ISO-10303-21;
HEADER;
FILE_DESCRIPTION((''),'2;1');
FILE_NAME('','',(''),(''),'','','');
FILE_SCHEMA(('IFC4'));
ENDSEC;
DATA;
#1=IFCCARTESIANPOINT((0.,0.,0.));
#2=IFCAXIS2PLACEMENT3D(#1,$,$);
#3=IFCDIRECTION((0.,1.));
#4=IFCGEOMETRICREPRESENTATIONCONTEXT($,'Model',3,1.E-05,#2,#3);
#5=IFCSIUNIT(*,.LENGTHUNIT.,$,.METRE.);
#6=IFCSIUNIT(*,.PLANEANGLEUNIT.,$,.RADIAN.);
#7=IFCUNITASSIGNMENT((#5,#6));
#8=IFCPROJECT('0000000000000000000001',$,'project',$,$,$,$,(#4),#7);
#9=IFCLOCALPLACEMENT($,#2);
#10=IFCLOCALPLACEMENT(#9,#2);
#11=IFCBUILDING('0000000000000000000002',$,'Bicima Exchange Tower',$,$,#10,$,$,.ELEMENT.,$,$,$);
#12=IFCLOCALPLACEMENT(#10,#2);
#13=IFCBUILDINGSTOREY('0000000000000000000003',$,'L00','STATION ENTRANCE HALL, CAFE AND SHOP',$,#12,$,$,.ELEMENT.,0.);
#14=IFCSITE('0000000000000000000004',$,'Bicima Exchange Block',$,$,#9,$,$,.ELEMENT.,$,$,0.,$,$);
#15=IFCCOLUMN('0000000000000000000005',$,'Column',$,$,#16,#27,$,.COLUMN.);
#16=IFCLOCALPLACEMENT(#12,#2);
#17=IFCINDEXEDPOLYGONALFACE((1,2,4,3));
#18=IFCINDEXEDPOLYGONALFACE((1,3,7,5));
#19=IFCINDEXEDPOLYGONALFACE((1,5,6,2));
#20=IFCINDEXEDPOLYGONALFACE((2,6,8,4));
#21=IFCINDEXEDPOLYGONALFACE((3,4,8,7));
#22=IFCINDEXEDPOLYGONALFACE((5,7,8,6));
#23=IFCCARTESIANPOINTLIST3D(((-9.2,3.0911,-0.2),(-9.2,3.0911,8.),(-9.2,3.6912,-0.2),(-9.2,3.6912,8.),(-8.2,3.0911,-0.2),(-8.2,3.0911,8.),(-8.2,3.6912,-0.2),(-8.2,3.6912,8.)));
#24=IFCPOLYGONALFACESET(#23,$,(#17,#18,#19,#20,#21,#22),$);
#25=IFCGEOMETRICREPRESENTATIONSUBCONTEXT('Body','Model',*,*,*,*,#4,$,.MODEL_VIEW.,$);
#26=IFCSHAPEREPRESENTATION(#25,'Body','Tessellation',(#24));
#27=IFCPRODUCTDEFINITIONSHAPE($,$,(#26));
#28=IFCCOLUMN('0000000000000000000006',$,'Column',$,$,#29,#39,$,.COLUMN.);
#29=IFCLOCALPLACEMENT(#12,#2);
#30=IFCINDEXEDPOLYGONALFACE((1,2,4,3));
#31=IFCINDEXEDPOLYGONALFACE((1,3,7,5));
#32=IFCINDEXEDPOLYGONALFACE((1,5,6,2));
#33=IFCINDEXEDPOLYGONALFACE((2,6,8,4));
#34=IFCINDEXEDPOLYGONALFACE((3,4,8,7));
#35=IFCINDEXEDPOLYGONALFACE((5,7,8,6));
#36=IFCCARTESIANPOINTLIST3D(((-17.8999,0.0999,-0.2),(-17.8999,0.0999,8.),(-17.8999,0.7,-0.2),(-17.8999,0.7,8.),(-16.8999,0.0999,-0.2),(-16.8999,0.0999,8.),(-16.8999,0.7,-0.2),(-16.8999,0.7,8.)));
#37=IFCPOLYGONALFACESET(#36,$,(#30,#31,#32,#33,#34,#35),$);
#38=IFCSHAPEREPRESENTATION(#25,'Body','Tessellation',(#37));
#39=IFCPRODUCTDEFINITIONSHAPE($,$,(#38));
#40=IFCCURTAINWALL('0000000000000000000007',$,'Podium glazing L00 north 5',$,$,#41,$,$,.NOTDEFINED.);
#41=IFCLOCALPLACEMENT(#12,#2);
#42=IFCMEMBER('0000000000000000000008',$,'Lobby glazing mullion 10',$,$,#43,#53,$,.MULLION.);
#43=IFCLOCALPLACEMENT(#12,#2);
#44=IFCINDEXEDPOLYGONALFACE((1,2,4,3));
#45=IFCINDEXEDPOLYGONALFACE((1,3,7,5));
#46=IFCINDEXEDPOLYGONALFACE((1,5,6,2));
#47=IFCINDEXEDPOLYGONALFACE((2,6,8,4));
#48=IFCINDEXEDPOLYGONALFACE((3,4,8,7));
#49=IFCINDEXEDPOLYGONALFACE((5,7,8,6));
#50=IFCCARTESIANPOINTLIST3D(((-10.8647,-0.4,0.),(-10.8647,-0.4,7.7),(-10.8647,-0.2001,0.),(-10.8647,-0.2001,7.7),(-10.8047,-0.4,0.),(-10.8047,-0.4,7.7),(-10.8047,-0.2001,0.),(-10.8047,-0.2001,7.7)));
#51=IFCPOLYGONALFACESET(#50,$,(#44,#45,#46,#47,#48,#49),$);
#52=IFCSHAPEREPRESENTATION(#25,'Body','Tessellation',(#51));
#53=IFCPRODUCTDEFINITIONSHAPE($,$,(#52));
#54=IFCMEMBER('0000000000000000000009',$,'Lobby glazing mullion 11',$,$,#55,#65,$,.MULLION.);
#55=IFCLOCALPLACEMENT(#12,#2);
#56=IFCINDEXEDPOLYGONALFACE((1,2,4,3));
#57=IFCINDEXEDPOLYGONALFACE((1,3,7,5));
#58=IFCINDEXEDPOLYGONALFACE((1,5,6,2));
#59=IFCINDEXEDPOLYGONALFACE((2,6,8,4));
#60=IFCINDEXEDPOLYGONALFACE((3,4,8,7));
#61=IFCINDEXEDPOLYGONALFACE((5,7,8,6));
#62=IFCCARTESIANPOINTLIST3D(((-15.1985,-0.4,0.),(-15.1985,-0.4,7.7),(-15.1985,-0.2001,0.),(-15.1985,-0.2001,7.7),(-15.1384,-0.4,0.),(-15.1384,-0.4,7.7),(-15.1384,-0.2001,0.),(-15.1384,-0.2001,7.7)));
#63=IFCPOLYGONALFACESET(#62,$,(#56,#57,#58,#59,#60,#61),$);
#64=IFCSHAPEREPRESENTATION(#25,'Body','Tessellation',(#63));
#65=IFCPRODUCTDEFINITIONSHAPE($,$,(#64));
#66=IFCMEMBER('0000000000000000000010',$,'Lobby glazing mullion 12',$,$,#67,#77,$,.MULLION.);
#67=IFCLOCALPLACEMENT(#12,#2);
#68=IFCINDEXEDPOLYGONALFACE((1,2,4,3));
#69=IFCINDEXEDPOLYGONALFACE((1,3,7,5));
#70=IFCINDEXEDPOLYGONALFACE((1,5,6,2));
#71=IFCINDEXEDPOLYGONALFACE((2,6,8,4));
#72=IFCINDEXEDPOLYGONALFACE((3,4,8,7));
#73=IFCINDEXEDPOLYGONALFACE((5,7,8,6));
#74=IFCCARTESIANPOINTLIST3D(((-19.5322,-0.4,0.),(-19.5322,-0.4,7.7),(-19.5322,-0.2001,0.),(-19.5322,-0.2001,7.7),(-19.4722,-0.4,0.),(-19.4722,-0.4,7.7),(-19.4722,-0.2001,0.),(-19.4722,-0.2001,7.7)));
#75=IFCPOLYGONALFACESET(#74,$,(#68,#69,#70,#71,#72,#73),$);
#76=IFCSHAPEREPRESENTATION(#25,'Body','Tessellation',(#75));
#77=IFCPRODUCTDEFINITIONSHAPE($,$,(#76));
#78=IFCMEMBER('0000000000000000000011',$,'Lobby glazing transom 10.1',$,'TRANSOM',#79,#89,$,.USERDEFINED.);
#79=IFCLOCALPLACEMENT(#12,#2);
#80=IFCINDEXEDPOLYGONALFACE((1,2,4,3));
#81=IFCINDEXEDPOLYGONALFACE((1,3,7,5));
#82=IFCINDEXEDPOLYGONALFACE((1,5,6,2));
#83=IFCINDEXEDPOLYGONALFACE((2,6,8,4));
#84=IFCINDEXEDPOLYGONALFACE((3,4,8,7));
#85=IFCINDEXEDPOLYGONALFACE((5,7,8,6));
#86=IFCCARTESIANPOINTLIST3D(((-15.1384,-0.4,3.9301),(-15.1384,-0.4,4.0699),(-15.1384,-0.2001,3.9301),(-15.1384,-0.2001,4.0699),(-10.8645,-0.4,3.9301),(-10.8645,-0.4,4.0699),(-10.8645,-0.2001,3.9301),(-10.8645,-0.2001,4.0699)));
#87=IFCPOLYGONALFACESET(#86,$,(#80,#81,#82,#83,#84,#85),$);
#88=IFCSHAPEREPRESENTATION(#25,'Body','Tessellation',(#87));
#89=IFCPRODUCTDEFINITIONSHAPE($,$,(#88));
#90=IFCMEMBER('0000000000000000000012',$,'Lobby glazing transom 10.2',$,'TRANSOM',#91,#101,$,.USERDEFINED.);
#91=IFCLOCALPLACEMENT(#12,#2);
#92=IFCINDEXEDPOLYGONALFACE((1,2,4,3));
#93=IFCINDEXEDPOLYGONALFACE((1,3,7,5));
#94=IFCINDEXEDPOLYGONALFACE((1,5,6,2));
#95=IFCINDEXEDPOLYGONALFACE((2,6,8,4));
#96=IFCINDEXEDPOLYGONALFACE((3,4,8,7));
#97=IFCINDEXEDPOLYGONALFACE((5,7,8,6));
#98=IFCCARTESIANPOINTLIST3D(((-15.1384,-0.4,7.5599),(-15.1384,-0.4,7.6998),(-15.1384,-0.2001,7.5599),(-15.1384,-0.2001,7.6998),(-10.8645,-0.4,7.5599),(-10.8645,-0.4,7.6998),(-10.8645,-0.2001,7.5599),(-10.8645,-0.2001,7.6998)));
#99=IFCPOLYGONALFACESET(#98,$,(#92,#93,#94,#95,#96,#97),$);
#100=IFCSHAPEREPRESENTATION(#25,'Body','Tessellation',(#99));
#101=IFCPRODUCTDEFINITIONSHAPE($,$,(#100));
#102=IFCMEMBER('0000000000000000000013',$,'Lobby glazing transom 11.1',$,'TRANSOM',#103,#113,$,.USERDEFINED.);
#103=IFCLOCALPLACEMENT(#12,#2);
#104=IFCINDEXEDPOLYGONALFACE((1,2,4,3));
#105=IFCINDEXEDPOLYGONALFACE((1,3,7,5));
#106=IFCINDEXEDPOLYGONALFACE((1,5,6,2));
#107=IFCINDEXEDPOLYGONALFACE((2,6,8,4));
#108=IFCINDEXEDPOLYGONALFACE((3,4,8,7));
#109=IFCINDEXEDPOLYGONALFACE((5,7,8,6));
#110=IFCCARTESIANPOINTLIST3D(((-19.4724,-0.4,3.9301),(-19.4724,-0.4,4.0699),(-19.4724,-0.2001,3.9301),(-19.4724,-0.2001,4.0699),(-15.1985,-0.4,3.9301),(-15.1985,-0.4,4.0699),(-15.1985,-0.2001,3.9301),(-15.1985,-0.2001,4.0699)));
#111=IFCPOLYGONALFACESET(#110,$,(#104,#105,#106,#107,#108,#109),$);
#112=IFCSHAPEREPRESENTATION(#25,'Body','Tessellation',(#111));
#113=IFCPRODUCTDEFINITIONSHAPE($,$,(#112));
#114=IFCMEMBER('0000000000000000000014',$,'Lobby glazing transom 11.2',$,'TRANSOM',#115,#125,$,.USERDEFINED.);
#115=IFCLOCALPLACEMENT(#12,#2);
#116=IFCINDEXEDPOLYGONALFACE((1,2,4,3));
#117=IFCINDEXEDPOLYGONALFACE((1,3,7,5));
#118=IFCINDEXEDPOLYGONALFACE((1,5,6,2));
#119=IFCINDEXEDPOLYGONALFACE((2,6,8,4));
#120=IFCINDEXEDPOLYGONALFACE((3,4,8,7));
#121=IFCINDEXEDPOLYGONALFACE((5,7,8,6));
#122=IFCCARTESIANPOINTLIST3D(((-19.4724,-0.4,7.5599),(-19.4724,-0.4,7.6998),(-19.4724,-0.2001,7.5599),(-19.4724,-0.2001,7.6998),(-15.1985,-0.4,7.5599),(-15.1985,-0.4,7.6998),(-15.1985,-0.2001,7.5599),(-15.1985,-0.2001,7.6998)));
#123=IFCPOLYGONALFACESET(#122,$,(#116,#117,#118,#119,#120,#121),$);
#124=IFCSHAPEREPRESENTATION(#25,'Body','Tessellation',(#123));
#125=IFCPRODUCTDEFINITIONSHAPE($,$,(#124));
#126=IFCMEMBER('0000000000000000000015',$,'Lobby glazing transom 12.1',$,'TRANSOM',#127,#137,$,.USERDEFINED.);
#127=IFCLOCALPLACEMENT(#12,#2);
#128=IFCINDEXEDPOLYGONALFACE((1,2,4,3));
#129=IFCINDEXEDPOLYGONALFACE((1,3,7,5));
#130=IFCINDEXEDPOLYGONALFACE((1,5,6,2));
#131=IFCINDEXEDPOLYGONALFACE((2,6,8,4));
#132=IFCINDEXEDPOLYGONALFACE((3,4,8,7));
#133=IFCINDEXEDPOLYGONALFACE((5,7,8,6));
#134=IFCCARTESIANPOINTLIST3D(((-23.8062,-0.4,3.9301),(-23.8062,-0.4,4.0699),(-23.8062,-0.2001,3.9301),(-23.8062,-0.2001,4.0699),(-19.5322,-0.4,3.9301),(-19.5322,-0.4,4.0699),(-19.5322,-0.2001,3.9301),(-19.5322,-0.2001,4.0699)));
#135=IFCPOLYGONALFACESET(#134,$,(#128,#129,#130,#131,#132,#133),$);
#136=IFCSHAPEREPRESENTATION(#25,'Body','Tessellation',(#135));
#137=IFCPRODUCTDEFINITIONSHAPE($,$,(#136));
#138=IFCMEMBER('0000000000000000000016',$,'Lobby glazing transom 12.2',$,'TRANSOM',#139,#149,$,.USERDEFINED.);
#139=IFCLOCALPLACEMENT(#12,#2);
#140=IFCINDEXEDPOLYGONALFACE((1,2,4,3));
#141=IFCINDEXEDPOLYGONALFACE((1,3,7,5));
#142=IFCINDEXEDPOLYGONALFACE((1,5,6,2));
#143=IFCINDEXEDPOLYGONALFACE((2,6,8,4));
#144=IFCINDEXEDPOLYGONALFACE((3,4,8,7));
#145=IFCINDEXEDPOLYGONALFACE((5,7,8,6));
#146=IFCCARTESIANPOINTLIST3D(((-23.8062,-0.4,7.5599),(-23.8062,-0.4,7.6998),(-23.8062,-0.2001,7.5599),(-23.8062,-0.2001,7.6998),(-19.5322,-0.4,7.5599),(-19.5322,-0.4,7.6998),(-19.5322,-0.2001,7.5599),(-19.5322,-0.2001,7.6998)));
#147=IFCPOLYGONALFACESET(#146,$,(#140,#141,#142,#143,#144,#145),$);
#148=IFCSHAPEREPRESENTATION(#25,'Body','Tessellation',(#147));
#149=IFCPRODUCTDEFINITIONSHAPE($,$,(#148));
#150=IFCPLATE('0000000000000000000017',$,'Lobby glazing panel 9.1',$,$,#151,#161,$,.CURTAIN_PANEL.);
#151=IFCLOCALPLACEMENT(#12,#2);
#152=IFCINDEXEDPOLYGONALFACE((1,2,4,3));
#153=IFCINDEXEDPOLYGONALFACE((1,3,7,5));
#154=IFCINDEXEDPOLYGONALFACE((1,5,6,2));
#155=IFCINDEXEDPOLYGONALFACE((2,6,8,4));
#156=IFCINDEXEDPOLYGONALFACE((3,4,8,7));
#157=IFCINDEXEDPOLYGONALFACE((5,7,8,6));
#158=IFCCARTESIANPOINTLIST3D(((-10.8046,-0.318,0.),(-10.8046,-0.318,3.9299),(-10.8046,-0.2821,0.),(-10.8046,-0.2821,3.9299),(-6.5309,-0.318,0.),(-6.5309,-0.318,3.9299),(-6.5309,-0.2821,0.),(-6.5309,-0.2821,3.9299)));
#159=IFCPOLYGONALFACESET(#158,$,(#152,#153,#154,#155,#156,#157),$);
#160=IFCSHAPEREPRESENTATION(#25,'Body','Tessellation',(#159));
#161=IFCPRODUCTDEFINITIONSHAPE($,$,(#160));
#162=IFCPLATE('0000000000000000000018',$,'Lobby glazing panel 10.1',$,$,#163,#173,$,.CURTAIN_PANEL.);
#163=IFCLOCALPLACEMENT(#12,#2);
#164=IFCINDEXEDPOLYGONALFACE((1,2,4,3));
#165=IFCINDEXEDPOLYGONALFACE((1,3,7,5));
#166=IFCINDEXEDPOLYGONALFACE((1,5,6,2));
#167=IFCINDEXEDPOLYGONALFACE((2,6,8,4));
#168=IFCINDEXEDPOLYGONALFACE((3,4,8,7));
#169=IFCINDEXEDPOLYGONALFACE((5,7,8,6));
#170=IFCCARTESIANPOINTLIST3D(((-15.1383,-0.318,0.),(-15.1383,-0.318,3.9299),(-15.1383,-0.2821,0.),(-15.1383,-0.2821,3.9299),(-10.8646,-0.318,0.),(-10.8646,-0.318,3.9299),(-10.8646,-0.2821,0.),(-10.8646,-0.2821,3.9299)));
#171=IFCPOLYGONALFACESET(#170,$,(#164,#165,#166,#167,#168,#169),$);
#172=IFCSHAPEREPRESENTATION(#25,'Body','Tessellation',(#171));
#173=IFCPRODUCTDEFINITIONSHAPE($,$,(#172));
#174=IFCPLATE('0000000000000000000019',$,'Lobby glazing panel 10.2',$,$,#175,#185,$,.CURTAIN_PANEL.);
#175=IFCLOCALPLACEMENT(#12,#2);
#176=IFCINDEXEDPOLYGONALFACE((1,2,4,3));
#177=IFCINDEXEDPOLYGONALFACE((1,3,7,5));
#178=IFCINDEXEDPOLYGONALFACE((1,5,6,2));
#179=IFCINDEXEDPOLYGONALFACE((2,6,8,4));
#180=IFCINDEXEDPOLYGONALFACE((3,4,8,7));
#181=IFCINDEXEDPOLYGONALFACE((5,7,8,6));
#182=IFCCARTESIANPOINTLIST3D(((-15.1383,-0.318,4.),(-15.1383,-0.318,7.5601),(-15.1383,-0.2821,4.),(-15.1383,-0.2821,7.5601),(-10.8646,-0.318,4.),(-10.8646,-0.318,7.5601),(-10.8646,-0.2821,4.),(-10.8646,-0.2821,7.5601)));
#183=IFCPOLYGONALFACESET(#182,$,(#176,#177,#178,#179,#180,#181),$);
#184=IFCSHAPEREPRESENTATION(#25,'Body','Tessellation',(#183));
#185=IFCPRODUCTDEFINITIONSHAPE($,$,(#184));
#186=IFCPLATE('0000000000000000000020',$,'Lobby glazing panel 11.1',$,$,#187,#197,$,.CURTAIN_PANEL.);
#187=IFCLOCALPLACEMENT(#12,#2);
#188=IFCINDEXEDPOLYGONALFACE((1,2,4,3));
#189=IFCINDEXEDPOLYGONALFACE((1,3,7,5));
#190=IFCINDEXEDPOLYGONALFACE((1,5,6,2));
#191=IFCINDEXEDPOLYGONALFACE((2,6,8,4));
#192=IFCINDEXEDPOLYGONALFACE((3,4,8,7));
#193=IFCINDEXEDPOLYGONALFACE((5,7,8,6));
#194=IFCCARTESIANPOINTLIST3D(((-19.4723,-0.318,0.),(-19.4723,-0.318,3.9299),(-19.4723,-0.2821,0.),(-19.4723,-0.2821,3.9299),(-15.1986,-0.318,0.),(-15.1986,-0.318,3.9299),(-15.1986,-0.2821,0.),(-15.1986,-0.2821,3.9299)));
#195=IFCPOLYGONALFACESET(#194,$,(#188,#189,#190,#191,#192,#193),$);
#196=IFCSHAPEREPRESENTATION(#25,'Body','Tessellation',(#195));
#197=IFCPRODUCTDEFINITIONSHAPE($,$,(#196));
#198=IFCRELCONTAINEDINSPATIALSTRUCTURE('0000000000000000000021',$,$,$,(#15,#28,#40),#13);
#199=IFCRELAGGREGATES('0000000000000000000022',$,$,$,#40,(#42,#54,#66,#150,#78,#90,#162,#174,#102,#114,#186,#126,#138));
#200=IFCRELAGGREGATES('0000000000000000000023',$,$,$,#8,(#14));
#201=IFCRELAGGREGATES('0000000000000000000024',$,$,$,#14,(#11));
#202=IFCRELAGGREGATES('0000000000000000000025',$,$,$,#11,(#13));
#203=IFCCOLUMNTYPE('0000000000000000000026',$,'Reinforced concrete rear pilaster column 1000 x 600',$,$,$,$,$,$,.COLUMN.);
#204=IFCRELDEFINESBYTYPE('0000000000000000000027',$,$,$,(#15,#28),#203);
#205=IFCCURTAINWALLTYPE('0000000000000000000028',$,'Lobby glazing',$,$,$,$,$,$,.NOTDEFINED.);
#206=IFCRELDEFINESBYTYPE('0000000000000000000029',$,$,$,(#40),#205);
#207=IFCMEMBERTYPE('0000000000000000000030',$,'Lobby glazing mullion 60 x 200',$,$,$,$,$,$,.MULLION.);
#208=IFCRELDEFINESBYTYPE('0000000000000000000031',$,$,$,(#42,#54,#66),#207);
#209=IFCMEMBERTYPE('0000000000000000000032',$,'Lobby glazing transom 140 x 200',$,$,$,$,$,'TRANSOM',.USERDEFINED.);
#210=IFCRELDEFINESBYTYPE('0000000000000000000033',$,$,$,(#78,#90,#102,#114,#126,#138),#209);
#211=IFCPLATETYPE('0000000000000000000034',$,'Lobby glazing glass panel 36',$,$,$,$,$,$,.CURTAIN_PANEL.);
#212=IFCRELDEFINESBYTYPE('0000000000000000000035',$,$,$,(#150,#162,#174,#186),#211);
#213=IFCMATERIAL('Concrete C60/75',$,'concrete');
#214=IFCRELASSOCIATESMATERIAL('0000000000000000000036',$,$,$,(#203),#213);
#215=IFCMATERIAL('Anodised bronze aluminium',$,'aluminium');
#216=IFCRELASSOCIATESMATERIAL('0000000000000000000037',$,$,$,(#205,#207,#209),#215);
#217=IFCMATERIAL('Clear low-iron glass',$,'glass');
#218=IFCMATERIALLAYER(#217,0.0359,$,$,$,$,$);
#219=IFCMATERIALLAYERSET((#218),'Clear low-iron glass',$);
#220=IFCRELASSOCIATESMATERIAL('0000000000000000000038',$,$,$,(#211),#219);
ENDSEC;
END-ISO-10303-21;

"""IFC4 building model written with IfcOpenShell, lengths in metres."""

from ifc_helpers import new_model, si_unit, direction, frame, origin, origin_2d, place, context, subcontext, project, spatial, rectangle, extrude, material, layer, layer_set, material_profile, profile_set, type_object, element, aggregate, save


model = new_model("IFC4")

# Units and contexts
model_context = context("Model", 3, precision=1e-05, world=origin(), true_north=direction((0.0, 1.0)))
body_context = subcontext(model_context, "Body", "Model", "MODEL_VIEW")
ifc_project = project(units=[si_unit("LENGTHUNIT", "METRE"), si_unit("PLANEANGLEUNIT", "RADIAN")], contexts=[model_context])

# Site, building, storey
site_placement = place(None, origin())
site = spatial("IfcSite", under=ifc_project, at=site_placement, Name="Bicima Exchange Block", CompositionType="ELEMENT", RefElevation=0.0)
building_placement = place(site_placement, origin())
building = spatial("IfcBuilding", under=site, at=building_placement, Name="Bicima Exchange Tower", CompositionType="ELEMENT")
storey_placement = place(building_placement, origin())
storey = spatial("IfcBuildingStorey", under=building, at=storey_placement, Name="L00", Description="STATION ENTRANCE HALL, CAFE AND SHOP", CompositionType="ELEMENT", Elevation=0.0)

# Columns
ifc_material_1 = material(Name="Concrete C60/75", Category="concrete")
ifc_material_profile_1 = material_profile(ifc_material_1, rectangle(XDim=1.0, YDim=0.6001, at=origin_2d()))
ifc_profile_set_1 = profile_set([ifc_material_profile_1], Name="Concrete C60/75")
column_type = type_object("IfcColumnType", Name="Reinforced concrete rear pilaster column 1000 x 600", PredefinedType="COLUMN", material=ifc_profile_set_1)
for number, where, z_axis, x_axis, name in (
    (1, (-8.7, 3.3911, -0.2), (0.0, 0.0, 1.0), (1.0, 0.0, 0.0), "Column"),
    (2, (-17.3999, 0.3999, -0.2), (0.0, 0.0, 1.0), (1.0, 0.0, 0.0), "Column"),
):
    element("IfcColumn", number, at=place(storey_placement, frame(where, z_axis=z_axis, x_axis=x_axis)), inside=storey, type_object=column_type, Name=name, PredefinedType="COLUMN", context=body_context, shape_type="SweptSolid", body=[
        extrude(rectangle(XDim=1.0, YDim=0.6001, at=origin_2d()), origin(), (0.0, 0.0, 1.0), 8.2),
    ])

# Curtain wall, members, plates
ifc_material_2 = material(Name="Anodised bronze aluminium", Category="aluminium")
curtain_wall_type = type_object("IfcCurtainWallType", Name="Lobby glazing", PredefinedType="NOTDEFINED", material=ifc_material_2)
curtain_wall_placement = place(storey_placement, origin())
curtain_wall = element("IfcCurtainWall", 3, at=curtain_wall_placement, inside=storey, type_object=curtain_wall_type, Name="Podium glazing L00 north 5", PredefinedType="NOTDEFINED")
ifc_material_profile_2 = material_profile(ifc_material_2, rectangle(XDim=0.2, YDim=0.0601, at=origin_2d()))
ifc_profile_set_2 = profile_set([ifc_material_profile_2], Name="Anodised bronze aluminium")
member_type_1 = type_object("IfcMemberType", Name="Lobby glazing mullion 60 x 200", PredefinedType="MULLION", material=ifc_profile_set_2)
member_1_placement = place(storey_placement, frame((-10.8347, -0.3, 0.0), z_axis=(0.0, 0.0, 1.0), x_axis=(0.0, -1.0, 0.0)))
member_1 = element("IfcMember", 4, at=member_1_placement, type_object=member_type_1, Name="Lobby glazing mullion 10", PredefinedType="MULLION", context=body_context, shape_type="SweptSolid", body=[
    extrude(rectangle(XDim=0.2, YDim=0.0601, at=origin_2d()), origin(), (0.0, 0.0, 1.0), 7.7),
])
member_2_placement = place(storey_placement, frame((-15.1685, -0.3, 0.0), z_axis=(0.0, 0.0, 1.0), x_axis=(0.0, -1.0, 0.0)))
member_2 = element("IfcMember", 5, at=member_2_placement, type_object=member_type_1, Name="Lobby glazing mullion 11", PredefinedType="MULLION", context=body_context, shape_type="SweptSolid", body=[
    extrude(rectangle(XDim=0.2, YDim=0.0601, at=origin_2d()), origin(), (0.0, 0.0, 1.0), 7.7),
])
member_3_placement = place(storey_placement, frame((-19.5022, -0.3, 0.0), z_axis=(0.0, 0.0, 1.0), x_axis=(0.0, -1.0, 0.0)))
member_3 = element("IfcMember", 6, at=member_3_placement, type_object=member_type_1, Name="Lobby glazing mullion 12", PredefinedType="MULLION", context=body_context, shape_type="SweptSolid", body=[
    extrude(rectangle(XDim=0.2, YDim=0.0601, at=origin_2d()), origin(), (0.0, 0.0, 1.0), 7.7),
])
ifc_material_profile_3 = material_profile(ifc_material_2, rectangle(XDim=0.2, YDim=0.1399, at=origin_2d()))
ifc_profile_set_3 = profile_set([ifc_material_profile_3], Name="Anodised bronze aluminium")
member_type_2 = type_object("IfcMemberType", Name="Lobby glazing transom 140 x 200", ElementType="TRANSOM", PredefinedType="USERDEFINED", material=ifc_profile_set_3)
member_4_placement = place(storey_placement, frame((-10.8645, -0.3, 4.0), z_axis=(-1.0, 0.0, 0.0), x_axis=(0.0, -1.0, 0.0)))
member_4 = element("IfcMember", 7, at=member_4_placement, type_object=member_type_2, Name="Lobby glazing transom 10.1", ObjectType="TRANSOM", PredefinedType="USERDEFINED", context=body_context, shape_type="SweptSolid", body=[
    extrude(rectangle(XDim=0.2, YDim=0.1399, at=origin_2d()), origin(), (0.0, 0.0, 1.0), 4.2739),
])
member_5_placement = place(storey_placement, frame((-10.8645, -0.3, 7.6299), z_axis=(-1.0, 0.0, 0.0), x_axis=(0.0, -1.0, 0.0)))
member_5 = element("IfcMember", 8, at=member_5_placement, type_object=member_type_2, Name="Lobby glazing transom 10.2", ObjectType="TRANSOM", PredefinedType="USERDEFINED", context=body_context, shape_type="SweptSolid", body=[
    extrude(rectangle(XDim=0.2, YDim=0.1399, at=origin_2d()), origin(), (0.0, 0.0, 1.0), 4.2739),
])
member_6_placement = place(storey_placement, frame((-15.1985, -0.3, 4.0), z_axis=(-1.0, 0.0, 0.0), x_axis=(0.0, -1.0, 0.0)))
member_6 = element("IfcMember", 9, at=member_6_placement, type_object=member_type_2, Name="Lobby glazing transom 11.1", ObjectType="TRANSOM", PredefinedType="USERDEFINED", context=body_context, shape_type="SweptSolid", body=[
    extrude(rectangle(XDim=0.2, YDim=0.1399, at=origin_2d()), origin(), (0.0, 0.0, 1.0), 4.2739),
])
member_7_placement = place(storey_placement, frame((-15.1985, -0.3, 7.6299), z_axis=(-1.0, 0.0, 0.0), x_axis=(0.0, -1.0, 0.0)))
member_7 = element("IfcMember", 10, at=member_7_placement, type_object=member_type_2, Name="Lobby glazing transom 11.2", ObjectType="TRANSOM", PredefinedType="USERDEFINED", context=body_context, shape_type="SweptSolid", body=[
    extrude(rectangle(XDim=0.2, YDim=0.1399, at=origin_2d()), origin(), (0.0, 0.0, 1.0), 4.2739),
])
member_8_placement = place(storey_placement, frame((-19.5322, -0.3, 4.0), z_axis=(-1.0, 0.0, 0.0), x_axis=(0.0, -1.0, 0.0)))
member_8 = element("IfcMember", 11, at=member_8_placement, type_object=member_type_2, Name="Lobby glazing transom 12.1", ObjectType="TRANSOM", PredefinedType="USERDEFINED", context=body_context, shape_type="SweptSolid", body=[
    extrude(rectangle(XDim=0.2, YDim=0.1399, at=origin_2d()), origin(), (0.0, 0.0, 1.0), 4.2739),
])
member_9_placement = place(storey_placement, frame((-19.5322, -0.3, 7.6299), z_axis=(-1.0, 0.0, 0.0), x_axis=(0.0, -1.0, 0.0)))
member_9 = element("IfcMember", 12, at=member_9_placement, type_object=member_type_2, Name="Lobby glazing transom 12.2", ObjectType="TRANSOM", PredefinedType="USERDEFINED", context=body_context, shape_type="SweptSolid", body=[
    extrude(rectangle(XDim=0.2, YDim=0.1399, at=origin_2d()), origin(), (0.0, 0.0, 1.0), 4.2739),
])
ifc_material_3 = material(Name="Clear low-iron glass", Category="glass")
ifc_layer_1 = layer(ifc_material_3, 0.0359)
ifc_layer_set_1 = layer_set([ifc_layer_1], Name="Clear low-iron glass")
plate_type = type_object("IfcPlateType", Name="Lobby glazing glass panel 36", PredefinedType="CURTAIN_PANEL", material=ifc_layer_set_1)
plate_1_placement = place(storey_placement, frame((-8.6677, -0.3, 0.0), z_axis=(0.0, 0.0, 1.0), x_axis=(-1.0, 0.0, 0.0)))
plate_1 = element("IfcPlate", 13, at=plate_1_placement, type_object=plate_type, Name="Lobby glazing panel 9.1", PredefinedType="CURTAIN_PANEL", context=body_context, shape_type="SweptSolid", body=[
    extrude(rectangle(XDim=4.2737, YDim=0.0359, at=origin_2d()), origin(), (0.0, 0.0, 1.0), 3.9299),
])
plate_2_placement = place(storey_placement, frame((-13.0015, -0.3, 0.0), z_axis=(0.0, 0.0, 1.0), x_axis=(-1.0, 0.0, 0.0)))
plate_2 = element("IfcPlate", 14, at=plate_2_placement, type_object=plate_type, Name="Lobby glazing panel 10.1", PredefinedType="CURTAIN_PANEL", context=body_context, shape_type="SweptSolid", body=[
    extrude(rectangle(XDim=4.2737, YDim=0.0359, at=origin_2d()), origin(), (0.0, 0.0, 1.0), 3.9299),
])
plate_3_placement = place(storey_placement, frame((-13.0015, -0.3, 4.0), z_axis=(0.0, 0.0, 1.0), x_axis=(-1.0, 0.0, 0.0)))
plate_3 = element("IfcPlate", 15, at=plate_3_placement, type_object=plate_type, Name="Lobby glazing panel 10.2", PredefinedType="CURTAIN_PANEL", context=body_context, shape_type="SweptSolid", body=[
    extrude(rectangle(XDim=4.2737, YDim=0.0359, at=origin_2d()), origin(), (0.0, 0.0, 1.0), 3.5601),
])
plate_4_placement = place(storey_placement, frame((-17.3354, -0.3, 0.0), z_axis=(0.0, 0.0, 1.0), x_axis=(-1.0, 0.0, 0.0)))
plate_4 = element("IfcPlate", 16, at=plate_4_placement, type_object=plate_type, Name="Lobby glazing panel 11.1", PredefinedType="CURTAIN_PANEL", context=body_context, shape_type="SweptSolid", body=[
    extrude(rectangle(XDim=4.2737, YDim=0.0359, at=origin_2d()), origin(), (0.0, 0.0, 1.0), 3.9299),
])
aggregate(curtain_wall, [member_1, member_2, member_3, plate_1, member_4, member_5, plate_2, plate_3, member_6, member_7, plate_4, member_8, member_9])

save(model, "model.ifc")
